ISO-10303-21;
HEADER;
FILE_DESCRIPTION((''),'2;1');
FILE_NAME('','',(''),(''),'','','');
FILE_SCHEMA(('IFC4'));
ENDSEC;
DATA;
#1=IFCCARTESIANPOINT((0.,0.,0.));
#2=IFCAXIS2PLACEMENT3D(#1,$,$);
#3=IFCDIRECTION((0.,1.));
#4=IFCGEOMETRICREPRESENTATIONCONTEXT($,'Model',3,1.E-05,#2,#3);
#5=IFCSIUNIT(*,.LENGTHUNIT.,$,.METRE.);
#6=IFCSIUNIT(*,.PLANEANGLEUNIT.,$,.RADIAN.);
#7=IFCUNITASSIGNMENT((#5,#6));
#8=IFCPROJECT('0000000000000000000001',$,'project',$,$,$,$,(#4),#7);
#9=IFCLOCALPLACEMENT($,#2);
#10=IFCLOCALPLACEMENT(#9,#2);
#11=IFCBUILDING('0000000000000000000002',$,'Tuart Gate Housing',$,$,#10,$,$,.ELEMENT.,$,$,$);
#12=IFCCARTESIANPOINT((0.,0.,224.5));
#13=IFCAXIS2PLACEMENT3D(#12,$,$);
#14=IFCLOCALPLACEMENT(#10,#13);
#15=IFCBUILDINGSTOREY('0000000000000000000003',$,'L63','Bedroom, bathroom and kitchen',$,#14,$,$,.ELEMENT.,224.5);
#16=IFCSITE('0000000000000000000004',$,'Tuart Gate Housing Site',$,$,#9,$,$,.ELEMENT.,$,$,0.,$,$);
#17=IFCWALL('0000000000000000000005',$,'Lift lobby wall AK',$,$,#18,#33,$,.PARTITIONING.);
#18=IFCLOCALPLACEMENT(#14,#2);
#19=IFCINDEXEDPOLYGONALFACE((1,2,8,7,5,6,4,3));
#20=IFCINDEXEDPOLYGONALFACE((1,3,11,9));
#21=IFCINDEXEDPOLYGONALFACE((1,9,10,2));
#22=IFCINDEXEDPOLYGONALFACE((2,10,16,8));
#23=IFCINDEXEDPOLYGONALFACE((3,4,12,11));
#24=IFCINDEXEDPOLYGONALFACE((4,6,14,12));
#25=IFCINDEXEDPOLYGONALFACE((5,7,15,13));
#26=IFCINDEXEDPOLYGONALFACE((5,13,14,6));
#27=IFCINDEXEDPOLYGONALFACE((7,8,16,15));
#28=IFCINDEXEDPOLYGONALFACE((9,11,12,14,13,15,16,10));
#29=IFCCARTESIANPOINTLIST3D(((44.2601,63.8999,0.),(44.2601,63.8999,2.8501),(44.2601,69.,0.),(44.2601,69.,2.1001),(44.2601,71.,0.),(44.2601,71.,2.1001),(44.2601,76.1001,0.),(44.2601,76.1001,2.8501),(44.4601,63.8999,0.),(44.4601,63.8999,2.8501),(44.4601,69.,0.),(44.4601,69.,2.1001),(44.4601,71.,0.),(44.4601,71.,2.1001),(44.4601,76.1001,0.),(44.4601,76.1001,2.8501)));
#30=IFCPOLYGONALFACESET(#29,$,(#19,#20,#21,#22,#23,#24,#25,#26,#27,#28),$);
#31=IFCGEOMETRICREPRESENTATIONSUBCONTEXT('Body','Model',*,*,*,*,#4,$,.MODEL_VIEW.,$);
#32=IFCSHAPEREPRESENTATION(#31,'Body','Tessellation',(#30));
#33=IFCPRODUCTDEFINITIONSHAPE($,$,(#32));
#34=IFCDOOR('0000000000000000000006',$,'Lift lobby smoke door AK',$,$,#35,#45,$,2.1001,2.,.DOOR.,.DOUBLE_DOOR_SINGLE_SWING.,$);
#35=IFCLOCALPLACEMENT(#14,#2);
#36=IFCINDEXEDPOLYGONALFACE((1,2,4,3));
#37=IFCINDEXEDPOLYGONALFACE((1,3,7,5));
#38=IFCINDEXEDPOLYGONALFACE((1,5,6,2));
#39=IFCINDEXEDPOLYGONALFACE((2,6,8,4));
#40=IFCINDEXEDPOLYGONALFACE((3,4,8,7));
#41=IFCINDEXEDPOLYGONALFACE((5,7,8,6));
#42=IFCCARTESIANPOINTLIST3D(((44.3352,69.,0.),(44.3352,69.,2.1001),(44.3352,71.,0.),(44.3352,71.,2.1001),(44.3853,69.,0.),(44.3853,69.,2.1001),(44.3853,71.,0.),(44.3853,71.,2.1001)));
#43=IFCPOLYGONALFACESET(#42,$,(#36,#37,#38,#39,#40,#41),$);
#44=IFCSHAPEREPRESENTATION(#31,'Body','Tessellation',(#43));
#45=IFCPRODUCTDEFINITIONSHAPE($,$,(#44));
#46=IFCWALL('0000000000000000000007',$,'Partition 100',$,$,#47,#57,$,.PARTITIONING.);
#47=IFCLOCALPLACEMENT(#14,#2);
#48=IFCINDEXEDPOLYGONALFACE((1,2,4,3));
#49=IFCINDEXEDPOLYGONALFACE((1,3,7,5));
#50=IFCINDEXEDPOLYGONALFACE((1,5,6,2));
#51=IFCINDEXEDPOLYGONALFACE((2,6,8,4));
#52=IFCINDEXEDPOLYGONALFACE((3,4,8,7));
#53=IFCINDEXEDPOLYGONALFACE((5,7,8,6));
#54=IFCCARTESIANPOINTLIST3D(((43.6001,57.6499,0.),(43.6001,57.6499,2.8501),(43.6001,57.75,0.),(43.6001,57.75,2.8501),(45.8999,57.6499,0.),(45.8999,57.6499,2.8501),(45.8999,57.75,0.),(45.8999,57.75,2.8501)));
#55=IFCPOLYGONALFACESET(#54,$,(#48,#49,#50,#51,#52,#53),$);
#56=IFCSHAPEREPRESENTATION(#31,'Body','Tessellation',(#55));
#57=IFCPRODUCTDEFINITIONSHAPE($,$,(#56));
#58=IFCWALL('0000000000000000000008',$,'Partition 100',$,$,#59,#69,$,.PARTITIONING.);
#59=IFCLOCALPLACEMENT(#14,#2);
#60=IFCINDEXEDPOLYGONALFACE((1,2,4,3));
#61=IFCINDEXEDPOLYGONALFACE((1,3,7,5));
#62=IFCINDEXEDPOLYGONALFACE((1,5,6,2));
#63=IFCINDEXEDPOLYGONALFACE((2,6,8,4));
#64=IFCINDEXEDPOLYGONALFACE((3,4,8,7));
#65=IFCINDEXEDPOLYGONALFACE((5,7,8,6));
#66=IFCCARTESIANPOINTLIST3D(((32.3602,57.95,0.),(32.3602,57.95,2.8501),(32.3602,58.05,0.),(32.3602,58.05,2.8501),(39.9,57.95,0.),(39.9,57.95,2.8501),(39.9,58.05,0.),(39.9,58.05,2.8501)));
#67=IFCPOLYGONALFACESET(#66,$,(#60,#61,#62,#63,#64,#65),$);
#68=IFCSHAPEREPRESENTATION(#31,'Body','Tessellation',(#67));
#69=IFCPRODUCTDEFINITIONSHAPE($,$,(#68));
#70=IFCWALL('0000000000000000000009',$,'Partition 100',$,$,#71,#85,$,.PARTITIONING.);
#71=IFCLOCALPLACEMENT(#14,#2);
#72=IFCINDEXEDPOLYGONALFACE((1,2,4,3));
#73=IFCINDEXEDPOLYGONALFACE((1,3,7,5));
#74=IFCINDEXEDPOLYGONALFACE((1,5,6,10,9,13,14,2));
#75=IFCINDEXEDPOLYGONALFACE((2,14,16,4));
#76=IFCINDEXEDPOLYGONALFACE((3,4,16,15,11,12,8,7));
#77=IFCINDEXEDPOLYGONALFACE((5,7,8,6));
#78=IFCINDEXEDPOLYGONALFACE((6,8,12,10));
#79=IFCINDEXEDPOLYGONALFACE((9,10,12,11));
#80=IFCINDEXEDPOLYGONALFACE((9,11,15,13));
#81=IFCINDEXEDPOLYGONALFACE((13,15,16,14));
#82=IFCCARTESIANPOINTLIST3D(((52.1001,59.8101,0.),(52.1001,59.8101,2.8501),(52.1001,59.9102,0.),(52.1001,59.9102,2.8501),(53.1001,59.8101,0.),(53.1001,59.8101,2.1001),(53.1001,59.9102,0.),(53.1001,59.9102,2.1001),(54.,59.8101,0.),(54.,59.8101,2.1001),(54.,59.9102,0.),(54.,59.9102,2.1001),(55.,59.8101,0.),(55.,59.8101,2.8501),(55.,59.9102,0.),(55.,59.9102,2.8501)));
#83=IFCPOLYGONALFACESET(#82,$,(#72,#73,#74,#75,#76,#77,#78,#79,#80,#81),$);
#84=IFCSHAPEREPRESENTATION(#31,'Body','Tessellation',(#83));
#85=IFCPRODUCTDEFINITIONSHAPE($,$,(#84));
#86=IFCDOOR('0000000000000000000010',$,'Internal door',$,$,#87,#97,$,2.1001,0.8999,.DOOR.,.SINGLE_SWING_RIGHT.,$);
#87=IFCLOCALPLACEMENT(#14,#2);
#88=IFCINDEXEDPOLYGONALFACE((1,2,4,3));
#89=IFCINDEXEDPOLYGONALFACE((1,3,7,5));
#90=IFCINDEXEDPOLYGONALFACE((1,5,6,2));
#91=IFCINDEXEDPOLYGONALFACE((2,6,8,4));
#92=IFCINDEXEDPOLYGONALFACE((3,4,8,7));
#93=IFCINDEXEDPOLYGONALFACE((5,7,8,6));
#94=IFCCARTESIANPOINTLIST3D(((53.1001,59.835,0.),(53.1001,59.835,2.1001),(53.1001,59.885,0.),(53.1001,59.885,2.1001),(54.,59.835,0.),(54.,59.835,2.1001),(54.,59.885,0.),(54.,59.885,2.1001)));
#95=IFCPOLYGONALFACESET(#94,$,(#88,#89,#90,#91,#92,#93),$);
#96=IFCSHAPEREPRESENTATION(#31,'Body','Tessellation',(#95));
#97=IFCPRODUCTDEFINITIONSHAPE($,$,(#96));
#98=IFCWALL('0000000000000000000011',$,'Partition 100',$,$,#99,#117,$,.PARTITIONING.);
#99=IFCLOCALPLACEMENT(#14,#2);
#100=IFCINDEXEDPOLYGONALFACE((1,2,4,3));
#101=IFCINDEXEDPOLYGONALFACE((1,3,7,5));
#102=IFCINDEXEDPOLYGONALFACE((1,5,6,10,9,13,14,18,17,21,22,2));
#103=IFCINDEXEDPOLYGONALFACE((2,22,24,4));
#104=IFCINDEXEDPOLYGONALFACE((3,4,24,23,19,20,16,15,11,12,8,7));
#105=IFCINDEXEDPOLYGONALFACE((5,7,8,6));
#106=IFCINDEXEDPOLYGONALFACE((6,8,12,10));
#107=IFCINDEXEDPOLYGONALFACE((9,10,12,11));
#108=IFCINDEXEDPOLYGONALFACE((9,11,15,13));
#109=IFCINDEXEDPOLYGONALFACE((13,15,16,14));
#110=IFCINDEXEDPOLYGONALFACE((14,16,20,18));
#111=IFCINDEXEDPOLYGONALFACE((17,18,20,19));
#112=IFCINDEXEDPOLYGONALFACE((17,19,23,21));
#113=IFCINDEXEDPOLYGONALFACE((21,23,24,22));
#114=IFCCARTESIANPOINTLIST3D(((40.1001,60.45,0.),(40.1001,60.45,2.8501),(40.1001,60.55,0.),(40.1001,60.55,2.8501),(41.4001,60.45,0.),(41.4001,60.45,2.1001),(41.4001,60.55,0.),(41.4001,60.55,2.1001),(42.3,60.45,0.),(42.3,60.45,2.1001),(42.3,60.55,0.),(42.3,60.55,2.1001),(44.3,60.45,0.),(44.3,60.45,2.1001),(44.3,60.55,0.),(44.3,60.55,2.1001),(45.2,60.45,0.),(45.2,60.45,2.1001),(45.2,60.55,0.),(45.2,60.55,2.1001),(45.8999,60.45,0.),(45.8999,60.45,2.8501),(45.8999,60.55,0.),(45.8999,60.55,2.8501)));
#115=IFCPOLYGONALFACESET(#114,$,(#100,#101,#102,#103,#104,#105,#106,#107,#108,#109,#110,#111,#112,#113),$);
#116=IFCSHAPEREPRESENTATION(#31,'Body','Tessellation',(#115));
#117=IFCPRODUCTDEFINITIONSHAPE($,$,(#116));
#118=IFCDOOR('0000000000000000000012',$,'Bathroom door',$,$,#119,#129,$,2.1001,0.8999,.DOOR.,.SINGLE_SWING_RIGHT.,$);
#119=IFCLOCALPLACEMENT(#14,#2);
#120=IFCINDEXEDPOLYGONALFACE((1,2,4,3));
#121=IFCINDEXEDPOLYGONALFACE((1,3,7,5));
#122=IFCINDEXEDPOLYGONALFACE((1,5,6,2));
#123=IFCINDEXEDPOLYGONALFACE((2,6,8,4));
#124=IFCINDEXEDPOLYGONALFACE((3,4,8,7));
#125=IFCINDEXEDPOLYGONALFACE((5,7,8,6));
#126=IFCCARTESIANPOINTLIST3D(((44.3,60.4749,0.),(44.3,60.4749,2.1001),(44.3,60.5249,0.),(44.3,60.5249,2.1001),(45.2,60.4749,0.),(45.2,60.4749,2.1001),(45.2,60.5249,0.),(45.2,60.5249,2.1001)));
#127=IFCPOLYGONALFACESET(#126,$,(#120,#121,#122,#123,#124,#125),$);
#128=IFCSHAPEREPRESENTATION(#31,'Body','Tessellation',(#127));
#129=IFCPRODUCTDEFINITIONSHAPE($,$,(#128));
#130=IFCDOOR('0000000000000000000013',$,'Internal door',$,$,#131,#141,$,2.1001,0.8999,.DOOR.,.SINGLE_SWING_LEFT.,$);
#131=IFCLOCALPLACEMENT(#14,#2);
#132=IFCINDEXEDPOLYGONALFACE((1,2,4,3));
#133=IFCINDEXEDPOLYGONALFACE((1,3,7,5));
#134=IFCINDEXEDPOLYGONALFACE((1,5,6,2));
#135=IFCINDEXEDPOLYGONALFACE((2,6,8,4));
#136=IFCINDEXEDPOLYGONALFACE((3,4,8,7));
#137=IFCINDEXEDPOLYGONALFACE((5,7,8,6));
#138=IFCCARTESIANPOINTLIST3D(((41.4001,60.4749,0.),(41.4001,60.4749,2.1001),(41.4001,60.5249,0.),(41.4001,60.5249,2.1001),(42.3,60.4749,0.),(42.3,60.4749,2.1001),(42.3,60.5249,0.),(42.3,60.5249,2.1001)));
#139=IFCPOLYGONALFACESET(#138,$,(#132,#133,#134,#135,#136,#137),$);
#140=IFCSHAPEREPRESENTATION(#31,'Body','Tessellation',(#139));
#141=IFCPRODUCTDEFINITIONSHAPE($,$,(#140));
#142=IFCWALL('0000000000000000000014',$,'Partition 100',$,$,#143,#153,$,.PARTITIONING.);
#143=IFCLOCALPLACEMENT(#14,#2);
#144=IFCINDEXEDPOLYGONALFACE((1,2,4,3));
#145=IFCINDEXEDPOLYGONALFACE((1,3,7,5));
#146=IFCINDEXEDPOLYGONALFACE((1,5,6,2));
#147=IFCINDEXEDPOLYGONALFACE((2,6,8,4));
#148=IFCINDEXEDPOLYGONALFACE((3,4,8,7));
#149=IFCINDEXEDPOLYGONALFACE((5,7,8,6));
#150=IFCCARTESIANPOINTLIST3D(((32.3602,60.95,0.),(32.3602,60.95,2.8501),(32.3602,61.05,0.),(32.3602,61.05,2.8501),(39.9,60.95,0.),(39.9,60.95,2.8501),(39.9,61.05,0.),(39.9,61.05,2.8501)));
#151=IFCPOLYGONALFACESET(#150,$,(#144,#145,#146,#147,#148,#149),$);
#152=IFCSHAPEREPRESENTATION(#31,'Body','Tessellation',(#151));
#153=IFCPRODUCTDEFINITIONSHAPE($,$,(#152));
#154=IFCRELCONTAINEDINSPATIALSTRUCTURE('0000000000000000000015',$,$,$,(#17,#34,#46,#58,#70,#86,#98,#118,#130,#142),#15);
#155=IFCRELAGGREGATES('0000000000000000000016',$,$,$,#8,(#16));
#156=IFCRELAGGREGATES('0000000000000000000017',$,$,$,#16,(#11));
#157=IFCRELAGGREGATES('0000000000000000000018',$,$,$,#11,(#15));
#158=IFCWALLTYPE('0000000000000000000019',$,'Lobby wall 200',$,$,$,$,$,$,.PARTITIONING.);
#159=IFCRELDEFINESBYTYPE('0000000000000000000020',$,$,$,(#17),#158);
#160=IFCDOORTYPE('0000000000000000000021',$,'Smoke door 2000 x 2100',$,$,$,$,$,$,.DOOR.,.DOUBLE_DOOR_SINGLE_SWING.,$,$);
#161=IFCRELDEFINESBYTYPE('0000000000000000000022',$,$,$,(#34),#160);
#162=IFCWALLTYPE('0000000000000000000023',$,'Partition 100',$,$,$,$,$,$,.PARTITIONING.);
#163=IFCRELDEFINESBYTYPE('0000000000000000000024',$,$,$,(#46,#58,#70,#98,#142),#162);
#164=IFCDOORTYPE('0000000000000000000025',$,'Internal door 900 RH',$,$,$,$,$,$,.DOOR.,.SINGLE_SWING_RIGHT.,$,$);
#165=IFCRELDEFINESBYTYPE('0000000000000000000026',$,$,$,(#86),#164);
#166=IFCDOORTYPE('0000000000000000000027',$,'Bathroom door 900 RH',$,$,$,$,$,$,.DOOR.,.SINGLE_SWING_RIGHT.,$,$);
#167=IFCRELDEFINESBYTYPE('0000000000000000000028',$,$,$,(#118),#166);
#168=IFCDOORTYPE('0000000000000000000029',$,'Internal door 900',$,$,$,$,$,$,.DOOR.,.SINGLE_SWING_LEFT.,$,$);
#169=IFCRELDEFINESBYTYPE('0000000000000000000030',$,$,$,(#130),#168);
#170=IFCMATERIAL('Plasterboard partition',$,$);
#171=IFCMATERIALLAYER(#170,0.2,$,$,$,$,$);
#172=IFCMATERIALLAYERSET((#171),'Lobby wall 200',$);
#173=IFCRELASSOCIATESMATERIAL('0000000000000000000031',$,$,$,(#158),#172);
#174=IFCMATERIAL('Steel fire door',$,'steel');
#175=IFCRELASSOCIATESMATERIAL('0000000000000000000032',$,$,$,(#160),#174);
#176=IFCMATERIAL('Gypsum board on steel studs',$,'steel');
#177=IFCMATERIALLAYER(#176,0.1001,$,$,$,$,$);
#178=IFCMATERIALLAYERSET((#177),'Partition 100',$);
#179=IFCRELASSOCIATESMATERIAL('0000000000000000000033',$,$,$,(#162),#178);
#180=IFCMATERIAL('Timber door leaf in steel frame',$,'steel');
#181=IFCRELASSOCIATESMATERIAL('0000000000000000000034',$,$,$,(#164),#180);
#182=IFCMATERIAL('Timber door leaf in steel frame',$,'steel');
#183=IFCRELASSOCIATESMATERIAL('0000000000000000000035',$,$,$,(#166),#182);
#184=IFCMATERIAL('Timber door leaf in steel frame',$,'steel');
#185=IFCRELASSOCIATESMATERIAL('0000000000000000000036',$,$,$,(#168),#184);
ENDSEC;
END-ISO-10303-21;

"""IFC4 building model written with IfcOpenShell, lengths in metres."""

from ifc_helpers import new_model, si_unit, direction, frame, frame_2d, origin, place, context, subcontext, project, spatial, rectangle, extrude, material, layer, layer_set, type_object, element, fill, save


model = new_model("IFC4")

# Units and contexts
model_context = context("Model", 3, precision=1e-05, world=origin(), true_north=direction((0.0, 1.0)))
body_context = subcontext(model_context, "Body", "Model", "MODEL_VIEW")
ifc_project = project(units=[si_unit("LENGTHUNIT", "METRE"), si_unit("PLANEANGLEUNIT", "RADIAN")], contexts=[model_context])

# Site, building, storey
site_placement = place(None, origin())
site = spatial("IfcSite", under=ifc_project, at=site_placement, Name="Tuart Gate Housing Site", CompositionType="ELEMENT", RefElevation=0.0)
building_placement = place(site_placement, origin())
building = spatial("IfcBuilding", under=site, at=building_placement, Name="Tuart Gate Housing", CompositionType="ELEMENT")
storey_placement = place(building_placement, frame((0.0, 0.0, 224.5)))
storey = spatial("IfcBuildingStorey", under=building, at=storey_placement, Name="L63", Description="Bedroom, bathroom and kitchen", CompositionType="ELEMENT", Elevation=224.5)

# Wall, opening, door
ifc_material_1 = material(Name="Plasterboard partition")
ifc_layer_1 = layer(ifc_material_1, 0.2)
ifc_layer_set_1 = layer_set([ifc_layer_1], Name="Lobby wall 200")
wall_type_1 = type_object("IfcWallType", Name="Lobby wall 200", PredefinedType="PARTITIONING", material=ifc_layer_set_1)
ifc_material_2 = material(Name="Steel fire door", Category="steel")
door_type_1 = type_object("IfcDoorType", Name="Smoke door 2000 x 2100", OperationType="DOUBLE_DOOR_SINGLE_SWING", PredefinedType="DOOR", material=ifc_material_2)
wall_1_placement = place(storey_placement, frame((44.3601, 63.8999, 0.0), z_axis=(0.0, 0.0, 1.0), x_axis=(0.0, 1.0, 0.0)))
wall_1 = element("IfcWall", 1, at=wall_1_placement, inside=storey, type_object=wall_type_1, Name="Lift lobby wall AK", PredefinedType="PARTITIONING", context=body_context, shape_type="SweptSolid", body=[
    extrude(rectangle(XDim=12.2002, YDim=0.2, at=frame_2d((6.1001, 0.0))), origin(), (0.0, 0.0, 1.0), 2.8501),
])
opening_1_placement = place(wall_1_placement, frame((5.1001, 0.0, 0.0)))
opening_1 = element("IfcOpeningElement", 2, at=opening_1_placement, cuts=wall_1, PredefinedType="OPENING", context=body_context, shape_type="SweptSolid", body=[
    extrude(rectangle(XDim=2.0, YDim=2.1001, at=frame_2d((1.0, 1.05))), frame((0.0, 0.1099, 0.0), z_axis=(0.0, -1.0, 0.0), x_axis=(1.0, 0.0, 0.0)), (0.0, 0.0, 1.0), 0.22),
])
door_1_placement = place(opening_1_placement, origin())
door_1 = element("IfcDoor", 3, at=door_1_placement, inside=storey, type_object=door_type_1, Name="Lift lobby smoke door AK", OperationType="DOUBLE_DOOR_SINGLE_SWING", OverallHeight=2.1001, OverallWidth=2.0, PredefinedType="DOOR", context=body_context, shape_type="SweptSolid", body=[
    extrude(rectangle(XDim=2.0, YDim=2.1001, at=frame_2d((1.0, 1.05))), frame((0.0, 0.0249, 0.0), z_axis=(0.0, -1.0, 0.0), x_axis=(1.0, 0.0, 0.0)), (0.0, 0.0, 1.0), 0.05),
])
fill(opening_1, door_1)

# Walls
ifc_material_3 = material(Name="Gypsum board on steel studs", Category="steel")
ifc_layer_2 = layer(ifc_material_3, 0.1001)
ifc_layer_set_2 = layer_set([ifc_layer_2], Name="Partition 100")
wall_type_2 = type_object("IfcWallType", Name="Partition 100", PredefinedType="PARTITIONING", material=ifc_layer_set_2)
wall_2_placement = place(storey_placement, frame((43.6001, 57.7, 0.0), z_axis=(0.0, 0.0, 1.0), x_axis=(1.0, 0.0, 0.0)))
element("IfcWall", 4, at=wall_2_placement, inside=storey, type_object=wall_type_2, Name="Partition 100", PredefinedType="PARTITIONING", context=body_context, shape_type="SweptSolid", body=[
    extrude(rectangle(XDim=2.2998, YDim=0.1001, at=frame_2d((1.1499, 0.0))), origin(), (0.0, 0.0, 1.0), 2.8501),
])
wall_3_placement = place(storey_placement, frame((32.3601, 58.0, 0.0), z_axis=(0.0, 0.0, 1.0), x_axis=(1.0, 0.0, 0.0)))
element("IfcWall", 5, at=wall_3_placement, inside=storey, type_object=wall_type_2, Name="Partition 100", PredefinedType="PARTITIONING", context=body_context, shape_type="SweptSolid", body=[
    extrude(rectangle(XDim=7.5398, YDim=0.1001, at=frame_2d((3.77, 0.0))), origin(), (0.0, 0.0, 1.0), 2.8501),
])

# Wall, opening, door
wall_4_placement = place(storey_placement, frame((52.1001, 59.8601, 0.0), z_axis=(0.0, 0.0, 1.0), x_axis=(1.0, 0.0, 0.0)))
wall_4 = element("IfcWall", 6, at=wall_4_placement, inside=storey, type_object=wall_type_2, Name="Partition 100", PredefinedType="PARTITIONING", context=body_context, shape_type="SweptSolid", body=[
    extrude(rectangle(XDim=2.8999, YDim=0.1001, at=frame_2d((1.45, 0.0))), origin(), (0.0, 0.0, 1.0), 2.8501),
])
opening_2_placement = place(wall_4_placement, frame((1.0, 0.0, 0.0)))
opening_2 = element("IfcOpeningElement", 7, at=opening_2_placement, cuts=wall_4, PredefinedType="OPENING", context=body_context, shape_type="SweptSolid", body=[
    extrude(rectangle(XDim=0.8999, YDim=2.1001, at=frame_2d((0.45, 1.05))), frame((0.0, 0.0601, 0.0), z_axis=(0.0, -1.0, 0.0), x_axis=(1.0, 0.0, 0.0)), (0.0, 0.0, 1.0), 0.1201),
])
ifc_material_4 = material(Name="Timber door leaf in steel frame", Category="steel")
door_type_2 = type_object("IfcDoorType", Name="Internal door 900 RH", OperationType="SINGLE_SWING_RIGHT", PredefinedType="DOOR", material=ifc_material_4)
door_2_placement = place(opening_2_placement, origin())
door_2 = element("IfcDoor", 8, at=door_2_placement, inside=storey, type_object=door_type_2, Name="Internal door", OperationType="SINGLE_SWING_RIGHT", OverallHeight=2.1001, OverallWidth=0.8999, PredefinedType="DOOR", context=body_context, shape_type="SweptSolid", body=[
    extrude(rectangle(XDim=0.8999, YDim=2.1001, at=frame_2d((0.45, 1.05))), frame((0.0, 0.0249, 0.0), z_axis=(0.0, -1.0, 0.0), x_axis=(1.0, 0.0, 0.0)), (0.0, 0.0, 1.0), 0.05),
])
fill(opening_2, door_2)

# Wall, openings, doors
wall_5_placement = place(storey_placement, frame((40.1001, 60.5, 0.0), z_axis=(0.0, 0.0, 1.0), x_axis=(1.0, 0.0, 0.0)))
wall_5 = element("IfcWall", 9, at=wall_5_placement, inside=storey, type_object=wall_type_2, Name="Partition 100", PredefinedType="PARTITIONING", context=body_context, shape_type="SweptSolid", body=[
    extrude(rectangle(XDim=5.7998, YDim=0.1001, at=frame_2d((2.8999, 0.0))), origin(), (0.0, 0.0, 1.0), 2.8501),
])
opening_3_placement = place(wall_5_placement, frame((1.3, 0.0, 0.0)))
opening_3 = element("IfcOpeningElement", 10, at=opening_3_placement, cuts=wall_5, PredefinedType="OPENING", context=body_context, shape_type="SweptSolid", body=[
    extrude(rectangle(XDim=0.8999, YDim=2.1001, at=frame_2d((0.45, 1.05))), frame((0.0, 0.0601, 0.0), z_axis=(0.0, -1.0, 0.0), x_axis=(1.0, 0.0, 0.0)), (0.0, 0.0, 1.0), 0.1201),
])
opening_4_placement = place(wall_5_placement, frame((4.2, 0.0, 0.0)))
opening_4 = element("IfcOpeningElement", 11, at=opening_4_placement, cuts=wall_5, PredefinedType="OPENING", context=body_context, shape_type="SweptSolid", body=[
    extrude(rectangle(XDim=0.8999, YDim=2.1001, at=frame_2d((0.45, 1.05))), frame((0.0, 0.0601, 0.0), z_axis=(0.0, -1.0, 0.0), x_axis=(1.0, 0.0, 0.0)), (0.0, 0.0, 1.0), 0.1201),
])
ifc_material_5 = material(Name="Timber door leaf in steel frame", Category="steel")
door_type_3 = type_object("IfcDoorType", Name="Bathroom door 900 RH", OperationType="SINGLE_SWING_RIGHT", PredefinedType="DOOR", material=ifc_material_5)
door_3_placement = place(opening_4_placement, frame((0.8999, 0.0, 0.0), z_axis=(0.0, 0.0, 1.0), x_axis=(-1.0, 0.0, 0.0)))
door_3 = element("IfcDoor", 12, at=door_3_placement, inside=storey, type_object=door_type_3, Name="Bathroom door", OperationType="SINGLE_SWING_RIGHT", OverallHeight=2.1001, OverallWidth=0.8999, PredefinedType="DOOR", context=body_context, shape_type="SweptSolid", body=[
    extrude(rectangle(XDim=0.8999, YDim=2.1001, at=frame_2d((0.45, 1.05))), frame((0.0, 0.0251, 0.0), z_axis=(0.0, -1.0, 0.0), x_axis=(1.0, 0.0, 0.0)), (0.0, 0.0, 1.0), 0.05),
])
fill(opening_4, door_3)
ifc_material_6 = material(Name="Timber door leaf in steel frame", Category="steel")
door_type_4 = type_object("IfcDoorType", Name="Internal door 900", OperationType="SINGLE_SWING_LEFT", PredefinedType="DOOR", material=ifc_material_6)
door_4_placement = place(opening_3_placement, origin())
door_4 = element("IfcDoor", 13, at=door_4_placement, inside=storey, type_object=door_type_4, Name="Internal door", OperationType="SINGLE_SWING_LEFT", OverallHeight=2.1001, OverallWidth=0.8999, PredefinedType="DOOR", context=body_context, shape_type="SweptSolid", body=[
    extrude(rectangle(XDim=0.8999, YDim=2.1001, at=frame_2d((0.45, 1.05))), frame((0.0, 0.0249, 0.0), z_axis=(0.0, -1.0, 0.0), x_axis=(1.0, 0.0, 0.0)), (0.0, 0.0, 1.0), 0.05),
])
fill(opening_3, door_4)

# Wall
wall_6_placement = place(storey_placement, frame((32.3601, 61.0, 0.0), z_axis=(0.0, 0.0, 1.0), x_axis=(1.0, 0.0, 0.0)))
element("IfcWall", 14, at=wall_6_placement, inside=storey, type_object=wall_type_2, Name="Partition 100", PredefinedType="PARTITIONING", context=body_context, shape_type="SweptSolid", body=[
    extrude(rectangle(XDim=7.5398, YDim=0.1001, at=frame_2d((3.77, 0.0))), origin(), (0.0, 0.0, 1.0), 2.8501),
])

save(model, "model.ifc")
